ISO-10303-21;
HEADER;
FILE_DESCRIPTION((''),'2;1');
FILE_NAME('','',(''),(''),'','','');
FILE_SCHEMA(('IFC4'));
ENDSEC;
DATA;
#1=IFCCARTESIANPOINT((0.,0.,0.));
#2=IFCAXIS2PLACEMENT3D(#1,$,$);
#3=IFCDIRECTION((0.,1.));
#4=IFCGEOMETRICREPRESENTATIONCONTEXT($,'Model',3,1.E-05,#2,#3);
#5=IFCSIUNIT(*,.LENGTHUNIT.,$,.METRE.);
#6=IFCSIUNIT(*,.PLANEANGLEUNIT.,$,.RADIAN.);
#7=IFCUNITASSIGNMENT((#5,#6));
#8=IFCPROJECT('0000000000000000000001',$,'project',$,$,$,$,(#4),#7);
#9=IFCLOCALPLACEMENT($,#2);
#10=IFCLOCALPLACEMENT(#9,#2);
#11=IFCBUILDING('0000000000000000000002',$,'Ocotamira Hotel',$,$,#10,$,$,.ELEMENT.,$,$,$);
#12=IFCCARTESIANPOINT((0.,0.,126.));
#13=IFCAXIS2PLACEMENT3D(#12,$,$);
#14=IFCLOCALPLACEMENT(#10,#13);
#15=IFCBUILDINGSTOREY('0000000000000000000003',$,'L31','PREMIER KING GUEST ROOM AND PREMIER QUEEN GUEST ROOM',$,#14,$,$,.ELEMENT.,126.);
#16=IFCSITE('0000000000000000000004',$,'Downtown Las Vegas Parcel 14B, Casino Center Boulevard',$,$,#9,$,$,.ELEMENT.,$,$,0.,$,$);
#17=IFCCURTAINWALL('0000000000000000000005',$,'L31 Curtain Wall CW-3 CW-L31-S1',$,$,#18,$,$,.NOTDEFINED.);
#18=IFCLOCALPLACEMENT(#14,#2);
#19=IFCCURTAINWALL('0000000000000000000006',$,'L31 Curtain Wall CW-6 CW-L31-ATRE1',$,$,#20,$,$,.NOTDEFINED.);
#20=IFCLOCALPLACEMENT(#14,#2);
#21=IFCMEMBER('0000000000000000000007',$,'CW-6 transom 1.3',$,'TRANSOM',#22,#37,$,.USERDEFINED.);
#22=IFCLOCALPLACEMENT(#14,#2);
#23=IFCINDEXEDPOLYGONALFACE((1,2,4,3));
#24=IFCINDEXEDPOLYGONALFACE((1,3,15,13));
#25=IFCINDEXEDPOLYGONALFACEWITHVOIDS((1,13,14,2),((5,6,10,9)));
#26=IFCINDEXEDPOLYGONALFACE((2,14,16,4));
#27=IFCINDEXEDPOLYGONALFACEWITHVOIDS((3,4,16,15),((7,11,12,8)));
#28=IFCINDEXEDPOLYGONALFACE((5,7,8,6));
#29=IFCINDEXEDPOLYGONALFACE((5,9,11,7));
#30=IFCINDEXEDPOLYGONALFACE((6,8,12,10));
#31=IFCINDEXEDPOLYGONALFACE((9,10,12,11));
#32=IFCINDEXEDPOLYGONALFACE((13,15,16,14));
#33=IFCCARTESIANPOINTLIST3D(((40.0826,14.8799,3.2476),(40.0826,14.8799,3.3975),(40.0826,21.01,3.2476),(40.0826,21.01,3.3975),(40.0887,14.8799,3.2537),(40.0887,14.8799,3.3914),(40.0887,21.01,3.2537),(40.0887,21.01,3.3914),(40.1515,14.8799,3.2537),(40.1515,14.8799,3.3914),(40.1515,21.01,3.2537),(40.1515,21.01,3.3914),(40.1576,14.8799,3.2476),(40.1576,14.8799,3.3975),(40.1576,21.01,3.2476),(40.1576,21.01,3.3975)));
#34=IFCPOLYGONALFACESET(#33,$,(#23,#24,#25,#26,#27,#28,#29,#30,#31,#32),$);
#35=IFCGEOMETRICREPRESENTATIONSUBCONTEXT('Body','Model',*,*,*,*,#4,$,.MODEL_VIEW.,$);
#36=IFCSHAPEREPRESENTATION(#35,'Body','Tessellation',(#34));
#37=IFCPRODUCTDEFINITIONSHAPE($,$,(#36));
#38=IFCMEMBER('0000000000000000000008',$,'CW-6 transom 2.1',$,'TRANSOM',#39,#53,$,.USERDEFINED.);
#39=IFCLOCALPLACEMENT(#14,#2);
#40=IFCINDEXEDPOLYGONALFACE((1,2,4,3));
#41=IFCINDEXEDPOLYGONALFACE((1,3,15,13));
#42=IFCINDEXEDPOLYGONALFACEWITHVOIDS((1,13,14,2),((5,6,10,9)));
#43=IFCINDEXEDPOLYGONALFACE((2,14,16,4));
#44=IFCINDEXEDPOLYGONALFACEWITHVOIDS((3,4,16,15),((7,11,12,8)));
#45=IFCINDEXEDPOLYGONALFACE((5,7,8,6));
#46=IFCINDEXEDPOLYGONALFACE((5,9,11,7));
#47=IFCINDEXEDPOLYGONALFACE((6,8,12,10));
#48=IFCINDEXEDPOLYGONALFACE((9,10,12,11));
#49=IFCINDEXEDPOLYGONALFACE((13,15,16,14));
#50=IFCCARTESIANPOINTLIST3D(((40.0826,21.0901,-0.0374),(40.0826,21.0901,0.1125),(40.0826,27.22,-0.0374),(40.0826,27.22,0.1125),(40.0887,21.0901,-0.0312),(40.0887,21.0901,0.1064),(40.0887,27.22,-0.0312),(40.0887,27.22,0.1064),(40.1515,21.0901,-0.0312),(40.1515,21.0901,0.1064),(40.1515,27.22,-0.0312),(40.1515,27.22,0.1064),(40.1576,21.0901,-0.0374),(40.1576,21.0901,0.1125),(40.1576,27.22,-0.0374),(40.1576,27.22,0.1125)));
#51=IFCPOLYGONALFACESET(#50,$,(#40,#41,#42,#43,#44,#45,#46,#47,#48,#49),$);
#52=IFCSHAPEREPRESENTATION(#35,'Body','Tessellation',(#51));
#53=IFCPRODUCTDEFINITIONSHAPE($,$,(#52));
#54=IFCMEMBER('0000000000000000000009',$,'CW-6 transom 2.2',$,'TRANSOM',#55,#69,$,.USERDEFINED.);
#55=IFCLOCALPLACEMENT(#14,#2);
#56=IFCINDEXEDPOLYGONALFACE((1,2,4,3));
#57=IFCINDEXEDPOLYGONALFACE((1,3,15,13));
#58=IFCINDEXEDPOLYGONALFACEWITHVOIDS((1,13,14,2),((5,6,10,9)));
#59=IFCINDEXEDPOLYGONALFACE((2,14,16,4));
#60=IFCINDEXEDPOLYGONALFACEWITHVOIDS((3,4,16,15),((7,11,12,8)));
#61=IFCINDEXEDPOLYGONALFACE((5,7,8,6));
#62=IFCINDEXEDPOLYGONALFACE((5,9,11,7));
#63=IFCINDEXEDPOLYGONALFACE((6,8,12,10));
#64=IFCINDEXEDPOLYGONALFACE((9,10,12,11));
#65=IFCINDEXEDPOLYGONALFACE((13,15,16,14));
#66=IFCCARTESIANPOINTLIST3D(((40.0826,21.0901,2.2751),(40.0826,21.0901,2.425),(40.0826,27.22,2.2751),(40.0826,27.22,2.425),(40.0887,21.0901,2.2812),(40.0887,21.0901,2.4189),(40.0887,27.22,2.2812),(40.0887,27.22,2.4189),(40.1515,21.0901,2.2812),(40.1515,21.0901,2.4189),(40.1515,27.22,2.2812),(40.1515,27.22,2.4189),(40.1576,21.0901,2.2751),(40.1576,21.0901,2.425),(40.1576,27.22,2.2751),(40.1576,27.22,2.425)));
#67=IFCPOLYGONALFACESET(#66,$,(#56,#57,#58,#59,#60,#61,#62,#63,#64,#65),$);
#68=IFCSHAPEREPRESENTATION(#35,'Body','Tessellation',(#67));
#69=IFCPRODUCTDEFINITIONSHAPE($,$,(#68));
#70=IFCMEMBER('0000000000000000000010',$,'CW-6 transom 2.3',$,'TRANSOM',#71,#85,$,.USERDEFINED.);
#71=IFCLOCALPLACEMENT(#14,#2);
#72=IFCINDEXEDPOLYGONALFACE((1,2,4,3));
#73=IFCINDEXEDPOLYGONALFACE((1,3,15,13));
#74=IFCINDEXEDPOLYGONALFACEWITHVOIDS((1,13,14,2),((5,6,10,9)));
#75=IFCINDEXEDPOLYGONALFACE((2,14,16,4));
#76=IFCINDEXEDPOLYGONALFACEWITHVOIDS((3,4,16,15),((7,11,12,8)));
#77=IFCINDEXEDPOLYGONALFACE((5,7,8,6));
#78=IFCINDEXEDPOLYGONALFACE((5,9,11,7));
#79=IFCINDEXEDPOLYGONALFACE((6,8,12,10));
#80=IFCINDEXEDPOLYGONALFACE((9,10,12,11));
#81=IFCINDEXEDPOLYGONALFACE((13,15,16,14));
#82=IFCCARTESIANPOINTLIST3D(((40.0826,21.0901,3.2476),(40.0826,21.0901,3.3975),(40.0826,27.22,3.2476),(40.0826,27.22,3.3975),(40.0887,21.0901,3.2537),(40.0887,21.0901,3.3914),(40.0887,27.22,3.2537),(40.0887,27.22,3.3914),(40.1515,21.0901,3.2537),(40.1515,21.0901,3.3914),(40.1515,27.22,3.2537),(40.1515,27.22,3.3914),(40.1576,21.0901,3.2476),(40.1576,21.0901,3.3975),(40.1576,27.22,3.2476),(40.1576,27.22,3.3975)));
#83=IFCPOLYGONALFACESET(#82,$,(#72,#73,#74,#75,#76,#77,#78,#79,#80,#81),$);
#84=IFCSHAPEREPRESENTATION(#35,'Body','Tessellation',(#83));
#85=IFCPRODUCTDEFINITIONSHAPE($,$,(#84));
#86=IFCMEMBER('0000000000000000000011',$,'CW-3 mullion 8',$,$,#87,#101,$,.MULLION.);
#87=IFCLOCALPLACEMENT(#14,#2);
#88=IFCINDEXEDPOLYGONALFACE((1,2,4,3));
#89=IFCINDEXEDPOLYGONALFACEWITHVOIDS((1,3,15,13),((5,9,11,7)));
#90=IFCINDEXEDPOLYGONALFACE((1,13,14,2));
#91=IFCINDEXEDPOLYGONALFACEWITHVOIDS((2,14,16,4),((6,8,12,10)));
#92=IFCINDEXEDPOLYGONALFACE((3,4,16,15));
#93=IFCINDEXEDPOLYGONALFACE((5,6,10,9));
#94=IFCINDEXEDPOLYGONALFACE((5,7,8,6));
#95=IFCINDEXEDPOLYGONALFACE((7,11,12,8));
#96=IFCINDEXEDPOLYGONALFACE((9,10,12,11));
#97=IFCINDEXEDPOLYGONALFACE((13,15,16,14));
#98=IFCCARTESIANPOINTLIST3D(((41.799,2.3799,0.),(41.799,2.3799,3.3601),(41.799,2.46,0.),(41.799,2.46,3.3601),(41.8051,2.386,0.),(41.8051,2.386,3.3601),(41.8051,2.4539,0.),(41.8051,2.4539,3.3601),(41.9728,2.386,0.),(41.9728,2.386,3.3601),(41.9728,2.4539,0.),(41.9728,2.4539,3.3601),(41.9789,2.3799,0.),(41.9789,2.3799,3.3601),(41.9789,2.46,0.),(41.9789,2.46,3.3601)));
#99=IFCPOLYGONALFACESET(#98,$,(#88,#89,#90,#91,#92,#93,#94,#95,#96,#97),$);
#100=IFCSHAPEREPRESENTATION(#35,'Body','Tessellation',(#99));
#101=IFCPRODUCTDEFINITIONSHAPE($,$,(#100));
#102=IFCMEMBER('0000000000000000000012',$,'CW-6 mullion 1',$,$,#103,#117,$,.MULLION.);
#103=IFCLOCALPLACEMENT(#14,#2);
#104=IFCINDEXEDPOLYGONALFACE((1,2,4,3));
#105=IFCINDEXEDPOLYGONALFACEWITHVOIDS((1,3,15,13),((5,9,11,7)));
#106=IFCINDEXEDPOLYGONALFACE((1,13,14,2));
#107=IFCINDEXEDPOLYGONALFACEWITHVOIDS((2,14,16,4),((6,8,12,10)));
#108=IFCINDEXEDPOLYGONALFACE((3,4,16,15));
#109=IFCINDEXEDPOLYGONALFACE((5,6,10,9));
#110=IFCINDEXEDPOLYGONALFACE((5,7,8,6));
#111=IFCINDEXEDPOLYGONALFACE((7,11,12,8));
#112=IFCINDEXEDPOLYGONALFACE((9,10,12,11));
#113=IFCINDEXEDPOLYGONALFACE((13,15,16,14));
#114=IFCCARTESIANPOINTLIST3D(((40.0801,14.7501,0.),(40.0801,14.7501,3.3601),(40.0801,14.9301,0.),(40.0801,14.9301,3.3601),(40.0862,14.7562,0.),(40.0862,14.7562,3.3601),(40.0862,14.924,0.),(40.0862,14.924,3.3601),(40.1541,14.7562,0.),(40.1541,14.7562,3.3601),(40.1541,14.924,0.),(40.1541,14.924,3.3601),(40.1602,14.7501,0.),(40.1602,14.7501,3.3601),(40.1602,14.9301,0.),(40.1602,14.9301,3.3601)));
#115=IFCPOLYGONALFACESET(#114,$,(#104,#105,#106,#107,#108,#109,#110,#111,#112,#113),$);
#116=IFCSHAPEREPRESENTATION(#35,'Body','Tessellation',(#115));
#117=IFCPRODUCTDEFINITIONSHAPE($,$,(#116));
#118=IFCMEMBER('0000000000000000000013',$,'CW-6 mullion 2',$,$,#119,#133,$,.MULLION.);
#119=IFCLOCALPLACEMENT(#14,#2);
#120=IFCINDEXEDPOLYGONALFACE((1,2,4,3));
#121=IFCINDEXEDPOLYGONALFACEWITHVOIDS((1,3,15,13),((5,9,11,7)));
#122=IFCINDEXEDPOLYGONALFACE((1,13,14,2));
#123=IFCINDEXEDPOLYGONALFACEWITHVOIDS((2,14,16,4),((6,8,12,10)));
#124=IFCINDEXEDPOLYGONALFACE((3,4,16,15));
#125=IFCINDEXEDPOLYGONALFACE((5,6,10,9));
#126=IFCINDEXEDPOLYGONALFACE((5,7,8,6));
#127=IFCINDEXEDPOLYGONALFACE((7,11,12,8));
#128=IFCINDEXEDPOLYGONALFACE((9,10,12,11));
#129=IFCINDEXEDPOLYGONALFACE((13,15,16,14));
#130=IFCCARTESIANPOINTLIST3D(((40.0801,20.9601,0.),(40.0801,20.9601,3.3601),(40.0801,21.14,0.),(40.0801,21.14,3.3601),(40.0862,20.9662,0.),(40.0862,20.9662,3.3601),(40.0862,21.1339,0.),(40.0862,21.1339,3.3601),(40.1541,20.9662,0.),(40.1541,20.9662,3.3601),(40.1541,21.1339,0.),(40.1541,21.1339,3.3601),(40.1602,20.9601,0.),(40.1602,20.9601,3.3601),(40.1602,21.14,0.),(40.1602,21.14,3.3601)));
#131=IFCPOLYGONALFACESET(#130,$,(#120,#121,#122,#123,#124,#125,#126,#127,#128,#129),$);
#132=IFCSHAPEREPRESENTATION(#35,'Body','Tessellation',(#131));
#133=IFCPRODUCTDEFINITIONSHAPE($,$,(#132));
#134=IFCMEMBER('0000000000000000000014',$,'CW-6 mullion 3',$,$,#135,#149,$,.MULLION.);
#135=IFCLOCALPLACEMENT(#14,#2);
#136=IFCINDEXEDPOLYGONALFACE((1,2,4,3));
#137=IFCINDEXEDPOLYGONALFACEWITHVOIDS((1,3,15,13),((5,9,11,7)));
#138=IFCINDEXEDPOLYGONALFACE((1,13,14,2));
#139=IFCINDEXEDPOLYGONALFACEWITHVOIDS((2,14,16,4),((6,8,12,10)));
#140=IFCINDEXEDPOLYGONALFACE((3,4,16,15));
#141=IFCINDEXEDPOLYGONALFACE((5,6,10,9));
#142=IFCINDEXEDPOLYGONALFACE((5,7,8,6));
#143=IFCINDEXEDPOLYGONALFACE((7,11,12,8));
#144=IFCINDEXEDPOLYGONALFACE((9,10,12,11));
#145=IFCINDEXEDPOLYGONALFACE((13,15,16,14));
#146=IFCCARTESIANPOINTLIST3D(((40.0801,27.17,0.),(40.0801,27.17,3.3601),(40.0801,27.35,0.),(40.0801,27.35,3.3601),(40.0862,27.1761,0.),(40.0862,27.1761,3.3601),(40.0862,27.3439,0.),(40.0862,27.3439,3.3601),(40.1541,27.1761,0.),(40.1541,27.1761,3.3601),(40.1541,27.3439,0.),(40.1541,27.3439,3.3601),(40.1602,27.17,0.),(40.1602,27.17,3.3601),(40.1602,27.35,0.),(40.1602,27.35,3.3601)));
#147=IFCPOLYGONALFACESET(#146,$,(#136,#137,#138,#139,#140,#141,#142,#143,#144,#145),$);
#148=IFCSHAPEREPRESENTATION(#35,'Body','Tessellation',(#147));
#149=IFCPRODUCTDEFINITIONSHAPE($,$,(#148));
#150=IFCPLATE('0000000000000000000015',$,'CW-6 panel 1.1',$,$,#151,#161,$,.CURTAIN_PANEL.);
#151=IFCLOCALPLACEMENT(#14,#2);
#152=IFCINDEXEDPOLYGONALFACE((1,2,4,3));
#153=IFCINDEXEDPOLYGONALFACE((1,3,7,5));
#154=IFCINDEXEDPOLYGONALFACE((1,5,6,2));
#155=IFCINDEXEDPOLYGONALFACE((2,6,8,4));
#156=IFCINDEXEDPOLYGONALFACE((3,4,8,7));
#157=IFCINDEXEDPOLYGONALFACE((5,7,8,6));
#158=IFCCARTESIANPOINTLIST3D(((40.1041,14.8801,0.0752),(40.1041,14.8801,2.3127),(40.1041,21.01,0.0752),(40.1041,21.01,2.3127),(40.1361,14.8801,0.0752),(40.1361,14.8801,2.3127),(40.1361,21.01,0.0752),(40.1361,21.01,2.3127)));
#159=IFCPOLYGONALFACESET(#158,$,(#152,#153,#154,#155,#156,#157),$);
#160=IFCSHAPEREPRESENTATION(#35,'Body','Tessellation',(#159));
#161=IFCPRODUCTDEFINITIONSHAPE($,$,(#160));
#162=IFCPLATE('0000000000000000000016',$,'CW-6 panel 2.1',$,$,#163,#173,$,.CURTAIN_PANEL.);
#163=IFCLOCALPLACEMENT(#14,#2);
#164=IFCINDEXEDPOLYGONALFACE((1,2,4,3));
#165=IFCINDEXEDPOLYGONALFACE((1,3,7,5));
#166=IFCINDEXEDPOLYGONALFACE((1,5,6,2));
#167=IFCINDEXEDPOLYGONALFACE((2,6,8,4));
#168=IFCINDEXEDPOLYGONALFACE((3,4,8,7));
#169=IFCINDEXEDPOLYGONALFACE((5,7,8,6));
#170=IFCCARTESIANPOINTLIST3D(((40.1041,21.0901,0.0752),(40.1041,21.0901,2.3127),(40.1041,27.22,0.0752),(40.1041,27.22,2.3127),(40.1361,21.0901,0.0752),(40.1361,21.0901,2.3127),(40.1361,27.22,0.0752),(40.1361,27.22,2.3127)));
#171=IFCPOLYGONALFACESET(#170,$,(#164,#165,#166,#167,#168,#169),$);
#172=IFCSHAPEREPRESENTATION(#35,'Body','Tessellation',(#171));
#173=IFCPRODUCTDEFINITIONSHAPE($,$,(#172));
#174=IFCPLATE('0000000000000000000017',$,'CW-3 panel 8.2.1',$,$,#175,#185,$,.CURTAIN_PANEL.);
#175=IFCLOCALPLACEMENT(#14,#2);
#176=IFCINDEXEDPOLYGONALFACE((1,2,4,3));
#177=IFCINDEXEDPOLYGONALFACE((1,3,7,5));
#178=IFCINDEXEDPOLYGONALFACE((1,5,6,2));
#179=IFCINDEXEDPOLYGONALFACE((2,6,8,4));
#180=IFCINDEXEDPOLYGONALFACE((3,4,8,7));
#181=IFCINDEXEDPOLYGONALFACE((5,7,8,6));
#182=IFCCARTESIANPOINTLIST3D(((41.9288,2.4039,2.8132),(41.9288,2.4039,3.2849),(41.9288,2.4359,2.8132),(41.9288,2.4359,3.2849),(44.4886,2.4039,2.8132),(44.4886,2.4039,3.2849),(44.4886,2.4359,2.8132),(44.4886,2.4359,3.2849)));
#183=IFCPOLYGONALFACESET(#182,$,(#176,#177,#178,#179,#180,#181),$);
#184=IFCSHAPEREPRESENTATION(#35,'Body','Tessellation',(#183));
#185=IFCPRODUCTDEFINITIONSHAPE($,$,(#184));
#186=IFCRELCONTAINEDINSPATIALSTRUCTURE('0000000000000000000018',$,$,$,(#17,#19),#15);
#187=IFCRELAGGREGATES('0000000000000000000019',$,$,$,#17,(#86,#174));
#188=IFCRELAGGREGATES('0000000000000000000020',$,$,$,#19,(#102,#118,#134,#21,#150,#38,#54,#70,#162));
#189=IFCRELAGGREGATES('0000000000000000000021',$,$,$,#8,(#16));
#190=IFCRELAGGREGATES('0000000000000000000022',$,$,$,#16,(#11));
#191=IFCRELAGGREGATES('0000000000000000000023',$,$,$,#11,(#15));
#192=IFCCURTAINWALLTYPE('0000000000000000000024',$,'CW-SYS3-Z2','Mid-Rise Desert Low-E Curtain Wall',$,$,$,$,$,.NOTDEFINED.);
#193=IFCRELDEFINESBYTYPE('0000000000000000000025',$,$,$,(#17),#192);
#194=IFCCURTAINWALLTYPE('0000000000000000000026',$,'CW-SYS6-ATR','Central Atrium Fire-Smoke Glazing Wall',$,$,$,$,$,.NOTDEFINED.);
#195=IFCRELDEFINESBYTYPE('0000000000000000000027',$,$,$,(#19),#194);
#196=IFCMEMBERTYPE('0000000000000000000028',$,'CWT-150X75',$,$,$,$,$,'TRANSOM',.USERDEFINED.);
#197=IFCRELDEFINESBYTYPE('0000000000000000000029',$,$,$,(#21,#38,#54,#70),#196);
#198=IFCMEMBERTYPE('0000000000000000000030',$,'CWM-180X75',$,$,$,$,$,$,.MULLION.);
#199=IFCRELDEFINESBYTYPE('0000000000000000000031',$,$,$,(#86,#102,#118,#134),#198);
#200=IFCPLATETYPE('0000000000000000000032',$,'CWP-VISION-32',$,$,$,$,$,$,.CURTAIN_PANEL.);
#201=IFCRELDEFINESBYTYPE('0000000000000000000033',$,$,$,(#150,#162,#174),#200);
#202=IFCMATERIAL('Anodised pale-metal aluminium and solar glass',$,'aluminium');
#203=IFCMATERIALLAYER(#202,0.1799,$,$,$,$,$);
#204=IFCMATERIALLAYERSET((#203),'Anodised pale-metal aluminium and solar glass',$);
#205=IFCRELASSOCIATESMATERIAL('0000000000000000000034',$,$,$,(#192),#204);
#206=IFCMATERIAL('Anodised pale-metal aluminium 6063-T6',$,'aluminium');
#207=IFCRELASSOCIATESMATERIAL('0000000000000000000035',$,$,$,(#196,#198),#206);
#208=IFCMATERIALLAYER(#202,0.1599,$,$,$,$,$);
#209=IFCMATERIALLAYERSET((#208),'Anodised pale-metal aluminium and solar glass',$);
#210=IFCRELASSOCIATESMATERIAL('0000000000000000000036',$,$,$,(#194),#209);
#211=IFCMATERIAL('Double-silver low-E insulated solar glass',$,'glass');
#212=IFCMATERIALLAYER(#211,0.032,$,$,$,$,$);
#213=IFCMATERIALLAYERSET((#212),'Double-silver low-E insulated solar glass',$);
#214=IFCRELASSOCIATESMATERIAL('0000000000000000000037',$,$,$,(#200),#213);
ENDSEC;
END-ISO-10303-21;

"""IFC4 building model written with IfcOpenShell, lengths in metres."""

from ifc_helpers import new_model, si_unit, direction, frame, origin, origin_2d, place, context, subcontext, project, spatial, rectangle, hollow_rectangle, extrude, source, transform, mapped, material, layer, layer_set, material_profile, profile_set, type_object, element, aggregate, save


model = new_model("IFC4")

# Units and contexts
model_context = context("Model", 3, precision=1e-05, world=origin(), true_north=direction((0.0, 1.0)))
body_context = subcontext(model_context, "Body", "Model", "MODEL_VIEW")
ifc_project = project(units=[si_unit("LENGTHUNIT", "METRE"), si_unit("PLANEANGLEUNIT", "RADIAN")], contexts=[model_context])

# Site, building, storey
site_placement = place(None, origin())
site = spatial("IfcSite", under=ifc_project, at=site_placement, Name="Downtown Las Vegas Parcel 14B, Casino Center Boulevard", CompositionType="ELEMENT", RefElevation=0.0)
building_placement = place(site_placement, origin())
building = spatial("IfcBuilding", under=site, at=building_placement, Name="Ocotamira Hotel", CompositionType="ELEMENT")
storey_placement = place(building_placement, frame((0.0, 0.0, 126.0)))
storey = spatial("IfcBuildingStorey", under=building, at=storey_placement, Name="L31", Description="PREMIER KING GUEST ROOM AND PREMIER QUEEN GUEST ROOM", CompositionType="ELEMENT", Elevation=126.0)

# Curtain walls, members
ifc_material_1 = material(Name="Anodised pale-metal aluminium and solar glass", Category="aluminium")
ifc_layer_1 = layer(ifc_material_1, 0.1799)
ifc_layer_set_1 = layer_set([ifc_layer_1], Name="Anodised pale-metal aluminium and solar glass")
curtain_wall_type_1 = type_object("IfcCurtainWallType", Name="CW-SYS3-Z2", Description="Mid-Rise Desert Low-E Curtain Wall", PredefinedType="NOTDEFINED", material=ifc_layer_set_1)
curtain_wall_1_placement = place(storey_placement, origin())
curtain_wall_1 = element("IfcCurtainWall", 1, at=curtain_wall_1_placement, inside=storey, type_object=curtain_wall_type_1, Name="L31 Curtain Wall CW-3 CW-L31-S1", PredefinedType="NOTDEFINED")
ifc_material_2 = material(Name="Anodised pale-metal aluminium 6063-T6", Category="aluminium")
ifc_material_profile_1 = material_profile(ifc_material_2, hollow_rectangle(XDim=0.075, YDim=0.1499, WallThickness=0.0061, at=origin_2d()), Name="HSS150X75X6")
ifc_profile_set_1 = profile_set([ifc_material_profile_1], Name="Anodised pale-metal aluminium 6063-T6")
member_type_1 = type_object("IfcMemberType", Name="CWT-150X75", ElementType="TRANSOM", PredefinedType="USERDEFINED", material=ifc_profile_set_1)
ifc_layer_2 = layer(ifc_material_1, 0.1599)
ifc_layer_set_2 = layer_set([ifc_layer_2], Name="Anodised pale-metal aluminium and solar glass")
curtain_wall_type_2 = type_object("IfcCurtainWallType", Name="CW-SYS6-ATR", Description="Central Atrium Fire-Smoke Glazing Wall", PredefinedType="NOTDEFINED", material=ifc_layer_set_2)
curtain_wall_2_placement = place(storey_placement, origin())
curtain_wall_2 = element("IfcCurtainWall", 2, at=curtain_wall_2_placement, inside=storey, type_object=curtain_wall_type_2, Name="L31 Curtain Wall CW-6 CW-L31-ATRE1", PredefinedType="NOTDEFINED")
shared_shape_1 = source(origin(), body_context, "Body", "SweptSolid", [
    extrude(hollow_rectangle(XDim=0.075, YDim=0.1499, WallThickness=0.0061, at=origin_2d()), origin(), (0.0, 0.0, 1.0), 6.1301),
])
member_1_placement = place(storey_placement, frame((40.1201, 14.8799, 3.3225), z_axis=(0.0, 1.0, 0.0), x_axis=(-1.0, 0.0, 0.0)))
member_1 = element("IfcMember", 3, at=member_1_placement, type_object=member_type_1, Name="CW-6 transom 1.3", ObjectType="TRANSOM", PredefinedType="USERDEFINED", context=body_context, shape_type="MappedRepresentation", body=[
    mapped(shared_shape_1, transform((0.0, 0.0, 0.0), scale=1.0)),
])
shared_shape_2 = source(origin(), body_context, "Body", "SweptSolid", [
    extrude(hollow_rectangle(XDim=0.075, YDim=0.1499, WallThickness=0.0061, at=origin_2d()), origin(), (0.0, 0.0, 1.0), 6.1299),
])
member_2_placement = place(storey_placement, frame((40.1201, 21.0901, 0.0376), z_axis=(0.0, 1.0, 0.0), x_axis=(-1.0, 0.0, 0.0)))
member_2 = element("IfcMember", 4, at=member_2_placement, type_object=member_type_1, Name="CW-6 transom 2.1", ObjectType="TRANSOM", PredefinedType="USERDEFINED", context=body_context, shape_type="MappedRepresentation", body=[
    mapped(shared_shape_2, transform((0.0, 0.0, 0.0), scale=1.0)),
])
member_3_placement = place(storey_placement, frame((40.1201, 21.0901, 2.3501), z_axis=(0.0, 1.0, 0.0), x_axis=(-1.0, 0.0, 0.0)))
member_3 = element("IfcMember", 5, at=member_3_placement, type_object=member_type_1, Name="CW-6 transom 2.2", ObjectType="TRANSOM", PredefinedType="USERDEFINED", context=body_context, shape_type="MappedRepresentation", body=[
    mapped(shared_shape_2, transform((0.0, 0.0, 0.0), scale=1.0)),
])
member_4_placement = place(storey_placement, frame((40.1201, 21.0901, 3.3225), z_axis=(0.0, 1.0, 0.0), x_axis=(-1.0, 0.0, 0.0)))
member_4 = element("IfcMember", 6, at=member_4_placement, type_object=member_type_1, Name="CW-6 transom 2.3", ObjectType="TRANSOM", PredefinedType="USERDEFINED", context=body_context, shape_type="MappedRepresentation", body=[
    mapped(shared_shape_2, transform((0.0, 0.0, 0.0), scale=1.0)),
])

# Members
ifc_material_profile_2 = material_profile(ifc_material_2, hollow_rectangle(XDim=0.0801, YDim=0.1799, WallThickness=0.0061, at=origin_2d()), Name="HSS180X80X6")
ifc_profile_set_2 = profile_set([ifc_material_profile_2], Name="Anodised pale-metal aluminium 6063-T6")
member_type_2 = type_object("IfcMemberType", Name="CWM-180X75", PredefinedType="MULLION", material=ifc_profile_set_2)
shared_shape_3 = source(origin(), body_context, "Body", "SweptSolid", [
    extrude(hollow_rectangle(XDim=0.0801, YDim=0.1799, WallThickness=0.0061, at=origin_2d()), origin(), (0.0, 0.0, 1.0), 3.3601),
])
member_5_placement = place(storey_placement, frame((41.8889, 2.4199, 0.0), z_axis=(0.0, 0.0, 1.0), x_axis=(0.0, 1.0, 0.0)))
member_5 = element("IfcMember", 7, at=member_5_placement, type_object=member_type_2, Name="CW-3 mullion 8", PredefinedType="MULLION", context=body_context, shape_type="MappedRepresentation", body=[
    mapped(shared_shape_3, transform((0.0, 0.0, 0.0), scale=1.0)),
])
member_6_placement = place(storey_placement, frame((40.1201, 14.8401, 0.0), z_axis=(0.0, 0.0, 1.0), x_axis=(-1.0, 0.0, 0.0)))
member_6 = element("IfcMember", 8, at=member_6_placement, type_object=member_type_2, Name="CW-6 mullion 1", PredefinedType="MULLION", context=body_context, shape_type="MappedRepresentation", body=[
    mapped(shared_shape_3, transform((0.0, 0.0, 0.0), scale=1.0)),
])
member_7_placement = place(storey_placement, frame((40.1201, 21.05, 0.0), z_axis=(0.0, 0.0, 1.0), x_axis=(-1.0, 0.0, 0.0)))
member_7 = element("IfcMember", 9, at=member_7_placement, type_object=member_type_2, Name="CW-6 mullion 2", PredefinedType="MULLION", context=body_context, shape_type="MappedRepresentation", body=[
    mapped(shared_shape_3, transform((0.0, 0.0, 0.0), scale=1.0)),
])
member_8_placement = place(storey_placement, frame((40.1201, 27.26, 0.0), z_axis=(0.0, 0.0, 1.0), x_axis=(-1.0, 0.0, 0.0)))
member_8 = element("IfcMember", 10, at=member_8_placement, type_object=member_type_2, Name="CW-6 mullion 3", PredefinedType="MULLION", context=body_context, shape_type="MappedRepresentation", body=[
    mapped(shared_shape_3, transform((0.0, 0.0, 0.0), scale=1.0)),
])

# Plates
ifc_material_3 = material(Name="Double-silver low-E insulated solar glass", Category="glass")
ifc_layer_3 = layer(ifc_material_3, 0.032)
ifc_layer_set_3 = layer_set([ifc_layer_3], Name="Double-silver low-E insulated solar glass")
plate_type = type_object("IfcPlateType", Name="CWP-VISION-32", PredefinedType="CURTAIN_PANEL", material=ifc_layer_set_3)
shared_shape_4 = source(origin(), body_context, "Body", "SweptSolid", [
    extrude(rectangle(XDim=6.1299, YDim=0.032, at=origin_2d()), origin(), (0.0, 0.0, 1.0), 2.2375),
])
plate_1_placement = place(storey_placement, frame((40.1201, 17.9451, 0.0752), z_axis=(0.0, 0.0, 1.0), x_axis=(0.0, 1.0, 0.0)))
plate_1 = element("IfcPlate", 11, at=plate_1_placement, type_object=plate_type, Name="CW-6 panel 1.1", PredefinedType="CURTAIN_PANEL", context=body_context, shape_type="MappedRepresentation", body=[
    mapped(shared_shape_4, transform((0.0, 0.0, 0.0), scale=1.0)),
])
plate_2_placement = place(storey_placement, frame((40.1201, 24.155, 0.0752), z_axis=(0.0, 0.0, 1.0), x_axis=(0.0, 1.0, 0.0)))
plate_2 = element("IfcPlate", 12, at=plate_2_placement, type_object=plate_type, Name="CW-6 panel 2.1", PredefinedType="CURTAIN_PANEL", context=body_context, shape_type="MappedRepresentation", body=[
    mapped(shared_shape_4, transform((0.0, 0.0, 0.0), scale=1.0)),
])
shared_shape_5 = source(origin(), body_context, "Body", "SweptSolid", [
    extrude(rectangle(XDim=2.5598, YDim=0.032, at=origin_2d()), origin(), (0.0, 0.0, 1.0), 0.4717),
])
plate_3_placement = place(storey_placement, frame((43.2087, 2.4199, 2.8132), z_axis=(0.0, 0.0, 1.0), x_axis=(1.0, 0.0, 0.0)))
plate_3 = element("IfcPlate", 13, at=plate_3_placement, type_object=plate_type, Name="CW-3 panel 8.2.1", PredefinedType="CURTAIN_PANEL", context=body_context, shape_type="MappedRepresentation", body=[
    mapped(shared_shape_5, transform((0.0, 0.0, 0.0), scale=1.0)),
])
aggregate(curtain_wall_1, [member_5, plate_3])
aggregate(curtain_wall_2, [member_6, member_7, member_8, member_1, plate_1, member_2, member_3, member_4, plate_2])

save(model, "model.ifc")
